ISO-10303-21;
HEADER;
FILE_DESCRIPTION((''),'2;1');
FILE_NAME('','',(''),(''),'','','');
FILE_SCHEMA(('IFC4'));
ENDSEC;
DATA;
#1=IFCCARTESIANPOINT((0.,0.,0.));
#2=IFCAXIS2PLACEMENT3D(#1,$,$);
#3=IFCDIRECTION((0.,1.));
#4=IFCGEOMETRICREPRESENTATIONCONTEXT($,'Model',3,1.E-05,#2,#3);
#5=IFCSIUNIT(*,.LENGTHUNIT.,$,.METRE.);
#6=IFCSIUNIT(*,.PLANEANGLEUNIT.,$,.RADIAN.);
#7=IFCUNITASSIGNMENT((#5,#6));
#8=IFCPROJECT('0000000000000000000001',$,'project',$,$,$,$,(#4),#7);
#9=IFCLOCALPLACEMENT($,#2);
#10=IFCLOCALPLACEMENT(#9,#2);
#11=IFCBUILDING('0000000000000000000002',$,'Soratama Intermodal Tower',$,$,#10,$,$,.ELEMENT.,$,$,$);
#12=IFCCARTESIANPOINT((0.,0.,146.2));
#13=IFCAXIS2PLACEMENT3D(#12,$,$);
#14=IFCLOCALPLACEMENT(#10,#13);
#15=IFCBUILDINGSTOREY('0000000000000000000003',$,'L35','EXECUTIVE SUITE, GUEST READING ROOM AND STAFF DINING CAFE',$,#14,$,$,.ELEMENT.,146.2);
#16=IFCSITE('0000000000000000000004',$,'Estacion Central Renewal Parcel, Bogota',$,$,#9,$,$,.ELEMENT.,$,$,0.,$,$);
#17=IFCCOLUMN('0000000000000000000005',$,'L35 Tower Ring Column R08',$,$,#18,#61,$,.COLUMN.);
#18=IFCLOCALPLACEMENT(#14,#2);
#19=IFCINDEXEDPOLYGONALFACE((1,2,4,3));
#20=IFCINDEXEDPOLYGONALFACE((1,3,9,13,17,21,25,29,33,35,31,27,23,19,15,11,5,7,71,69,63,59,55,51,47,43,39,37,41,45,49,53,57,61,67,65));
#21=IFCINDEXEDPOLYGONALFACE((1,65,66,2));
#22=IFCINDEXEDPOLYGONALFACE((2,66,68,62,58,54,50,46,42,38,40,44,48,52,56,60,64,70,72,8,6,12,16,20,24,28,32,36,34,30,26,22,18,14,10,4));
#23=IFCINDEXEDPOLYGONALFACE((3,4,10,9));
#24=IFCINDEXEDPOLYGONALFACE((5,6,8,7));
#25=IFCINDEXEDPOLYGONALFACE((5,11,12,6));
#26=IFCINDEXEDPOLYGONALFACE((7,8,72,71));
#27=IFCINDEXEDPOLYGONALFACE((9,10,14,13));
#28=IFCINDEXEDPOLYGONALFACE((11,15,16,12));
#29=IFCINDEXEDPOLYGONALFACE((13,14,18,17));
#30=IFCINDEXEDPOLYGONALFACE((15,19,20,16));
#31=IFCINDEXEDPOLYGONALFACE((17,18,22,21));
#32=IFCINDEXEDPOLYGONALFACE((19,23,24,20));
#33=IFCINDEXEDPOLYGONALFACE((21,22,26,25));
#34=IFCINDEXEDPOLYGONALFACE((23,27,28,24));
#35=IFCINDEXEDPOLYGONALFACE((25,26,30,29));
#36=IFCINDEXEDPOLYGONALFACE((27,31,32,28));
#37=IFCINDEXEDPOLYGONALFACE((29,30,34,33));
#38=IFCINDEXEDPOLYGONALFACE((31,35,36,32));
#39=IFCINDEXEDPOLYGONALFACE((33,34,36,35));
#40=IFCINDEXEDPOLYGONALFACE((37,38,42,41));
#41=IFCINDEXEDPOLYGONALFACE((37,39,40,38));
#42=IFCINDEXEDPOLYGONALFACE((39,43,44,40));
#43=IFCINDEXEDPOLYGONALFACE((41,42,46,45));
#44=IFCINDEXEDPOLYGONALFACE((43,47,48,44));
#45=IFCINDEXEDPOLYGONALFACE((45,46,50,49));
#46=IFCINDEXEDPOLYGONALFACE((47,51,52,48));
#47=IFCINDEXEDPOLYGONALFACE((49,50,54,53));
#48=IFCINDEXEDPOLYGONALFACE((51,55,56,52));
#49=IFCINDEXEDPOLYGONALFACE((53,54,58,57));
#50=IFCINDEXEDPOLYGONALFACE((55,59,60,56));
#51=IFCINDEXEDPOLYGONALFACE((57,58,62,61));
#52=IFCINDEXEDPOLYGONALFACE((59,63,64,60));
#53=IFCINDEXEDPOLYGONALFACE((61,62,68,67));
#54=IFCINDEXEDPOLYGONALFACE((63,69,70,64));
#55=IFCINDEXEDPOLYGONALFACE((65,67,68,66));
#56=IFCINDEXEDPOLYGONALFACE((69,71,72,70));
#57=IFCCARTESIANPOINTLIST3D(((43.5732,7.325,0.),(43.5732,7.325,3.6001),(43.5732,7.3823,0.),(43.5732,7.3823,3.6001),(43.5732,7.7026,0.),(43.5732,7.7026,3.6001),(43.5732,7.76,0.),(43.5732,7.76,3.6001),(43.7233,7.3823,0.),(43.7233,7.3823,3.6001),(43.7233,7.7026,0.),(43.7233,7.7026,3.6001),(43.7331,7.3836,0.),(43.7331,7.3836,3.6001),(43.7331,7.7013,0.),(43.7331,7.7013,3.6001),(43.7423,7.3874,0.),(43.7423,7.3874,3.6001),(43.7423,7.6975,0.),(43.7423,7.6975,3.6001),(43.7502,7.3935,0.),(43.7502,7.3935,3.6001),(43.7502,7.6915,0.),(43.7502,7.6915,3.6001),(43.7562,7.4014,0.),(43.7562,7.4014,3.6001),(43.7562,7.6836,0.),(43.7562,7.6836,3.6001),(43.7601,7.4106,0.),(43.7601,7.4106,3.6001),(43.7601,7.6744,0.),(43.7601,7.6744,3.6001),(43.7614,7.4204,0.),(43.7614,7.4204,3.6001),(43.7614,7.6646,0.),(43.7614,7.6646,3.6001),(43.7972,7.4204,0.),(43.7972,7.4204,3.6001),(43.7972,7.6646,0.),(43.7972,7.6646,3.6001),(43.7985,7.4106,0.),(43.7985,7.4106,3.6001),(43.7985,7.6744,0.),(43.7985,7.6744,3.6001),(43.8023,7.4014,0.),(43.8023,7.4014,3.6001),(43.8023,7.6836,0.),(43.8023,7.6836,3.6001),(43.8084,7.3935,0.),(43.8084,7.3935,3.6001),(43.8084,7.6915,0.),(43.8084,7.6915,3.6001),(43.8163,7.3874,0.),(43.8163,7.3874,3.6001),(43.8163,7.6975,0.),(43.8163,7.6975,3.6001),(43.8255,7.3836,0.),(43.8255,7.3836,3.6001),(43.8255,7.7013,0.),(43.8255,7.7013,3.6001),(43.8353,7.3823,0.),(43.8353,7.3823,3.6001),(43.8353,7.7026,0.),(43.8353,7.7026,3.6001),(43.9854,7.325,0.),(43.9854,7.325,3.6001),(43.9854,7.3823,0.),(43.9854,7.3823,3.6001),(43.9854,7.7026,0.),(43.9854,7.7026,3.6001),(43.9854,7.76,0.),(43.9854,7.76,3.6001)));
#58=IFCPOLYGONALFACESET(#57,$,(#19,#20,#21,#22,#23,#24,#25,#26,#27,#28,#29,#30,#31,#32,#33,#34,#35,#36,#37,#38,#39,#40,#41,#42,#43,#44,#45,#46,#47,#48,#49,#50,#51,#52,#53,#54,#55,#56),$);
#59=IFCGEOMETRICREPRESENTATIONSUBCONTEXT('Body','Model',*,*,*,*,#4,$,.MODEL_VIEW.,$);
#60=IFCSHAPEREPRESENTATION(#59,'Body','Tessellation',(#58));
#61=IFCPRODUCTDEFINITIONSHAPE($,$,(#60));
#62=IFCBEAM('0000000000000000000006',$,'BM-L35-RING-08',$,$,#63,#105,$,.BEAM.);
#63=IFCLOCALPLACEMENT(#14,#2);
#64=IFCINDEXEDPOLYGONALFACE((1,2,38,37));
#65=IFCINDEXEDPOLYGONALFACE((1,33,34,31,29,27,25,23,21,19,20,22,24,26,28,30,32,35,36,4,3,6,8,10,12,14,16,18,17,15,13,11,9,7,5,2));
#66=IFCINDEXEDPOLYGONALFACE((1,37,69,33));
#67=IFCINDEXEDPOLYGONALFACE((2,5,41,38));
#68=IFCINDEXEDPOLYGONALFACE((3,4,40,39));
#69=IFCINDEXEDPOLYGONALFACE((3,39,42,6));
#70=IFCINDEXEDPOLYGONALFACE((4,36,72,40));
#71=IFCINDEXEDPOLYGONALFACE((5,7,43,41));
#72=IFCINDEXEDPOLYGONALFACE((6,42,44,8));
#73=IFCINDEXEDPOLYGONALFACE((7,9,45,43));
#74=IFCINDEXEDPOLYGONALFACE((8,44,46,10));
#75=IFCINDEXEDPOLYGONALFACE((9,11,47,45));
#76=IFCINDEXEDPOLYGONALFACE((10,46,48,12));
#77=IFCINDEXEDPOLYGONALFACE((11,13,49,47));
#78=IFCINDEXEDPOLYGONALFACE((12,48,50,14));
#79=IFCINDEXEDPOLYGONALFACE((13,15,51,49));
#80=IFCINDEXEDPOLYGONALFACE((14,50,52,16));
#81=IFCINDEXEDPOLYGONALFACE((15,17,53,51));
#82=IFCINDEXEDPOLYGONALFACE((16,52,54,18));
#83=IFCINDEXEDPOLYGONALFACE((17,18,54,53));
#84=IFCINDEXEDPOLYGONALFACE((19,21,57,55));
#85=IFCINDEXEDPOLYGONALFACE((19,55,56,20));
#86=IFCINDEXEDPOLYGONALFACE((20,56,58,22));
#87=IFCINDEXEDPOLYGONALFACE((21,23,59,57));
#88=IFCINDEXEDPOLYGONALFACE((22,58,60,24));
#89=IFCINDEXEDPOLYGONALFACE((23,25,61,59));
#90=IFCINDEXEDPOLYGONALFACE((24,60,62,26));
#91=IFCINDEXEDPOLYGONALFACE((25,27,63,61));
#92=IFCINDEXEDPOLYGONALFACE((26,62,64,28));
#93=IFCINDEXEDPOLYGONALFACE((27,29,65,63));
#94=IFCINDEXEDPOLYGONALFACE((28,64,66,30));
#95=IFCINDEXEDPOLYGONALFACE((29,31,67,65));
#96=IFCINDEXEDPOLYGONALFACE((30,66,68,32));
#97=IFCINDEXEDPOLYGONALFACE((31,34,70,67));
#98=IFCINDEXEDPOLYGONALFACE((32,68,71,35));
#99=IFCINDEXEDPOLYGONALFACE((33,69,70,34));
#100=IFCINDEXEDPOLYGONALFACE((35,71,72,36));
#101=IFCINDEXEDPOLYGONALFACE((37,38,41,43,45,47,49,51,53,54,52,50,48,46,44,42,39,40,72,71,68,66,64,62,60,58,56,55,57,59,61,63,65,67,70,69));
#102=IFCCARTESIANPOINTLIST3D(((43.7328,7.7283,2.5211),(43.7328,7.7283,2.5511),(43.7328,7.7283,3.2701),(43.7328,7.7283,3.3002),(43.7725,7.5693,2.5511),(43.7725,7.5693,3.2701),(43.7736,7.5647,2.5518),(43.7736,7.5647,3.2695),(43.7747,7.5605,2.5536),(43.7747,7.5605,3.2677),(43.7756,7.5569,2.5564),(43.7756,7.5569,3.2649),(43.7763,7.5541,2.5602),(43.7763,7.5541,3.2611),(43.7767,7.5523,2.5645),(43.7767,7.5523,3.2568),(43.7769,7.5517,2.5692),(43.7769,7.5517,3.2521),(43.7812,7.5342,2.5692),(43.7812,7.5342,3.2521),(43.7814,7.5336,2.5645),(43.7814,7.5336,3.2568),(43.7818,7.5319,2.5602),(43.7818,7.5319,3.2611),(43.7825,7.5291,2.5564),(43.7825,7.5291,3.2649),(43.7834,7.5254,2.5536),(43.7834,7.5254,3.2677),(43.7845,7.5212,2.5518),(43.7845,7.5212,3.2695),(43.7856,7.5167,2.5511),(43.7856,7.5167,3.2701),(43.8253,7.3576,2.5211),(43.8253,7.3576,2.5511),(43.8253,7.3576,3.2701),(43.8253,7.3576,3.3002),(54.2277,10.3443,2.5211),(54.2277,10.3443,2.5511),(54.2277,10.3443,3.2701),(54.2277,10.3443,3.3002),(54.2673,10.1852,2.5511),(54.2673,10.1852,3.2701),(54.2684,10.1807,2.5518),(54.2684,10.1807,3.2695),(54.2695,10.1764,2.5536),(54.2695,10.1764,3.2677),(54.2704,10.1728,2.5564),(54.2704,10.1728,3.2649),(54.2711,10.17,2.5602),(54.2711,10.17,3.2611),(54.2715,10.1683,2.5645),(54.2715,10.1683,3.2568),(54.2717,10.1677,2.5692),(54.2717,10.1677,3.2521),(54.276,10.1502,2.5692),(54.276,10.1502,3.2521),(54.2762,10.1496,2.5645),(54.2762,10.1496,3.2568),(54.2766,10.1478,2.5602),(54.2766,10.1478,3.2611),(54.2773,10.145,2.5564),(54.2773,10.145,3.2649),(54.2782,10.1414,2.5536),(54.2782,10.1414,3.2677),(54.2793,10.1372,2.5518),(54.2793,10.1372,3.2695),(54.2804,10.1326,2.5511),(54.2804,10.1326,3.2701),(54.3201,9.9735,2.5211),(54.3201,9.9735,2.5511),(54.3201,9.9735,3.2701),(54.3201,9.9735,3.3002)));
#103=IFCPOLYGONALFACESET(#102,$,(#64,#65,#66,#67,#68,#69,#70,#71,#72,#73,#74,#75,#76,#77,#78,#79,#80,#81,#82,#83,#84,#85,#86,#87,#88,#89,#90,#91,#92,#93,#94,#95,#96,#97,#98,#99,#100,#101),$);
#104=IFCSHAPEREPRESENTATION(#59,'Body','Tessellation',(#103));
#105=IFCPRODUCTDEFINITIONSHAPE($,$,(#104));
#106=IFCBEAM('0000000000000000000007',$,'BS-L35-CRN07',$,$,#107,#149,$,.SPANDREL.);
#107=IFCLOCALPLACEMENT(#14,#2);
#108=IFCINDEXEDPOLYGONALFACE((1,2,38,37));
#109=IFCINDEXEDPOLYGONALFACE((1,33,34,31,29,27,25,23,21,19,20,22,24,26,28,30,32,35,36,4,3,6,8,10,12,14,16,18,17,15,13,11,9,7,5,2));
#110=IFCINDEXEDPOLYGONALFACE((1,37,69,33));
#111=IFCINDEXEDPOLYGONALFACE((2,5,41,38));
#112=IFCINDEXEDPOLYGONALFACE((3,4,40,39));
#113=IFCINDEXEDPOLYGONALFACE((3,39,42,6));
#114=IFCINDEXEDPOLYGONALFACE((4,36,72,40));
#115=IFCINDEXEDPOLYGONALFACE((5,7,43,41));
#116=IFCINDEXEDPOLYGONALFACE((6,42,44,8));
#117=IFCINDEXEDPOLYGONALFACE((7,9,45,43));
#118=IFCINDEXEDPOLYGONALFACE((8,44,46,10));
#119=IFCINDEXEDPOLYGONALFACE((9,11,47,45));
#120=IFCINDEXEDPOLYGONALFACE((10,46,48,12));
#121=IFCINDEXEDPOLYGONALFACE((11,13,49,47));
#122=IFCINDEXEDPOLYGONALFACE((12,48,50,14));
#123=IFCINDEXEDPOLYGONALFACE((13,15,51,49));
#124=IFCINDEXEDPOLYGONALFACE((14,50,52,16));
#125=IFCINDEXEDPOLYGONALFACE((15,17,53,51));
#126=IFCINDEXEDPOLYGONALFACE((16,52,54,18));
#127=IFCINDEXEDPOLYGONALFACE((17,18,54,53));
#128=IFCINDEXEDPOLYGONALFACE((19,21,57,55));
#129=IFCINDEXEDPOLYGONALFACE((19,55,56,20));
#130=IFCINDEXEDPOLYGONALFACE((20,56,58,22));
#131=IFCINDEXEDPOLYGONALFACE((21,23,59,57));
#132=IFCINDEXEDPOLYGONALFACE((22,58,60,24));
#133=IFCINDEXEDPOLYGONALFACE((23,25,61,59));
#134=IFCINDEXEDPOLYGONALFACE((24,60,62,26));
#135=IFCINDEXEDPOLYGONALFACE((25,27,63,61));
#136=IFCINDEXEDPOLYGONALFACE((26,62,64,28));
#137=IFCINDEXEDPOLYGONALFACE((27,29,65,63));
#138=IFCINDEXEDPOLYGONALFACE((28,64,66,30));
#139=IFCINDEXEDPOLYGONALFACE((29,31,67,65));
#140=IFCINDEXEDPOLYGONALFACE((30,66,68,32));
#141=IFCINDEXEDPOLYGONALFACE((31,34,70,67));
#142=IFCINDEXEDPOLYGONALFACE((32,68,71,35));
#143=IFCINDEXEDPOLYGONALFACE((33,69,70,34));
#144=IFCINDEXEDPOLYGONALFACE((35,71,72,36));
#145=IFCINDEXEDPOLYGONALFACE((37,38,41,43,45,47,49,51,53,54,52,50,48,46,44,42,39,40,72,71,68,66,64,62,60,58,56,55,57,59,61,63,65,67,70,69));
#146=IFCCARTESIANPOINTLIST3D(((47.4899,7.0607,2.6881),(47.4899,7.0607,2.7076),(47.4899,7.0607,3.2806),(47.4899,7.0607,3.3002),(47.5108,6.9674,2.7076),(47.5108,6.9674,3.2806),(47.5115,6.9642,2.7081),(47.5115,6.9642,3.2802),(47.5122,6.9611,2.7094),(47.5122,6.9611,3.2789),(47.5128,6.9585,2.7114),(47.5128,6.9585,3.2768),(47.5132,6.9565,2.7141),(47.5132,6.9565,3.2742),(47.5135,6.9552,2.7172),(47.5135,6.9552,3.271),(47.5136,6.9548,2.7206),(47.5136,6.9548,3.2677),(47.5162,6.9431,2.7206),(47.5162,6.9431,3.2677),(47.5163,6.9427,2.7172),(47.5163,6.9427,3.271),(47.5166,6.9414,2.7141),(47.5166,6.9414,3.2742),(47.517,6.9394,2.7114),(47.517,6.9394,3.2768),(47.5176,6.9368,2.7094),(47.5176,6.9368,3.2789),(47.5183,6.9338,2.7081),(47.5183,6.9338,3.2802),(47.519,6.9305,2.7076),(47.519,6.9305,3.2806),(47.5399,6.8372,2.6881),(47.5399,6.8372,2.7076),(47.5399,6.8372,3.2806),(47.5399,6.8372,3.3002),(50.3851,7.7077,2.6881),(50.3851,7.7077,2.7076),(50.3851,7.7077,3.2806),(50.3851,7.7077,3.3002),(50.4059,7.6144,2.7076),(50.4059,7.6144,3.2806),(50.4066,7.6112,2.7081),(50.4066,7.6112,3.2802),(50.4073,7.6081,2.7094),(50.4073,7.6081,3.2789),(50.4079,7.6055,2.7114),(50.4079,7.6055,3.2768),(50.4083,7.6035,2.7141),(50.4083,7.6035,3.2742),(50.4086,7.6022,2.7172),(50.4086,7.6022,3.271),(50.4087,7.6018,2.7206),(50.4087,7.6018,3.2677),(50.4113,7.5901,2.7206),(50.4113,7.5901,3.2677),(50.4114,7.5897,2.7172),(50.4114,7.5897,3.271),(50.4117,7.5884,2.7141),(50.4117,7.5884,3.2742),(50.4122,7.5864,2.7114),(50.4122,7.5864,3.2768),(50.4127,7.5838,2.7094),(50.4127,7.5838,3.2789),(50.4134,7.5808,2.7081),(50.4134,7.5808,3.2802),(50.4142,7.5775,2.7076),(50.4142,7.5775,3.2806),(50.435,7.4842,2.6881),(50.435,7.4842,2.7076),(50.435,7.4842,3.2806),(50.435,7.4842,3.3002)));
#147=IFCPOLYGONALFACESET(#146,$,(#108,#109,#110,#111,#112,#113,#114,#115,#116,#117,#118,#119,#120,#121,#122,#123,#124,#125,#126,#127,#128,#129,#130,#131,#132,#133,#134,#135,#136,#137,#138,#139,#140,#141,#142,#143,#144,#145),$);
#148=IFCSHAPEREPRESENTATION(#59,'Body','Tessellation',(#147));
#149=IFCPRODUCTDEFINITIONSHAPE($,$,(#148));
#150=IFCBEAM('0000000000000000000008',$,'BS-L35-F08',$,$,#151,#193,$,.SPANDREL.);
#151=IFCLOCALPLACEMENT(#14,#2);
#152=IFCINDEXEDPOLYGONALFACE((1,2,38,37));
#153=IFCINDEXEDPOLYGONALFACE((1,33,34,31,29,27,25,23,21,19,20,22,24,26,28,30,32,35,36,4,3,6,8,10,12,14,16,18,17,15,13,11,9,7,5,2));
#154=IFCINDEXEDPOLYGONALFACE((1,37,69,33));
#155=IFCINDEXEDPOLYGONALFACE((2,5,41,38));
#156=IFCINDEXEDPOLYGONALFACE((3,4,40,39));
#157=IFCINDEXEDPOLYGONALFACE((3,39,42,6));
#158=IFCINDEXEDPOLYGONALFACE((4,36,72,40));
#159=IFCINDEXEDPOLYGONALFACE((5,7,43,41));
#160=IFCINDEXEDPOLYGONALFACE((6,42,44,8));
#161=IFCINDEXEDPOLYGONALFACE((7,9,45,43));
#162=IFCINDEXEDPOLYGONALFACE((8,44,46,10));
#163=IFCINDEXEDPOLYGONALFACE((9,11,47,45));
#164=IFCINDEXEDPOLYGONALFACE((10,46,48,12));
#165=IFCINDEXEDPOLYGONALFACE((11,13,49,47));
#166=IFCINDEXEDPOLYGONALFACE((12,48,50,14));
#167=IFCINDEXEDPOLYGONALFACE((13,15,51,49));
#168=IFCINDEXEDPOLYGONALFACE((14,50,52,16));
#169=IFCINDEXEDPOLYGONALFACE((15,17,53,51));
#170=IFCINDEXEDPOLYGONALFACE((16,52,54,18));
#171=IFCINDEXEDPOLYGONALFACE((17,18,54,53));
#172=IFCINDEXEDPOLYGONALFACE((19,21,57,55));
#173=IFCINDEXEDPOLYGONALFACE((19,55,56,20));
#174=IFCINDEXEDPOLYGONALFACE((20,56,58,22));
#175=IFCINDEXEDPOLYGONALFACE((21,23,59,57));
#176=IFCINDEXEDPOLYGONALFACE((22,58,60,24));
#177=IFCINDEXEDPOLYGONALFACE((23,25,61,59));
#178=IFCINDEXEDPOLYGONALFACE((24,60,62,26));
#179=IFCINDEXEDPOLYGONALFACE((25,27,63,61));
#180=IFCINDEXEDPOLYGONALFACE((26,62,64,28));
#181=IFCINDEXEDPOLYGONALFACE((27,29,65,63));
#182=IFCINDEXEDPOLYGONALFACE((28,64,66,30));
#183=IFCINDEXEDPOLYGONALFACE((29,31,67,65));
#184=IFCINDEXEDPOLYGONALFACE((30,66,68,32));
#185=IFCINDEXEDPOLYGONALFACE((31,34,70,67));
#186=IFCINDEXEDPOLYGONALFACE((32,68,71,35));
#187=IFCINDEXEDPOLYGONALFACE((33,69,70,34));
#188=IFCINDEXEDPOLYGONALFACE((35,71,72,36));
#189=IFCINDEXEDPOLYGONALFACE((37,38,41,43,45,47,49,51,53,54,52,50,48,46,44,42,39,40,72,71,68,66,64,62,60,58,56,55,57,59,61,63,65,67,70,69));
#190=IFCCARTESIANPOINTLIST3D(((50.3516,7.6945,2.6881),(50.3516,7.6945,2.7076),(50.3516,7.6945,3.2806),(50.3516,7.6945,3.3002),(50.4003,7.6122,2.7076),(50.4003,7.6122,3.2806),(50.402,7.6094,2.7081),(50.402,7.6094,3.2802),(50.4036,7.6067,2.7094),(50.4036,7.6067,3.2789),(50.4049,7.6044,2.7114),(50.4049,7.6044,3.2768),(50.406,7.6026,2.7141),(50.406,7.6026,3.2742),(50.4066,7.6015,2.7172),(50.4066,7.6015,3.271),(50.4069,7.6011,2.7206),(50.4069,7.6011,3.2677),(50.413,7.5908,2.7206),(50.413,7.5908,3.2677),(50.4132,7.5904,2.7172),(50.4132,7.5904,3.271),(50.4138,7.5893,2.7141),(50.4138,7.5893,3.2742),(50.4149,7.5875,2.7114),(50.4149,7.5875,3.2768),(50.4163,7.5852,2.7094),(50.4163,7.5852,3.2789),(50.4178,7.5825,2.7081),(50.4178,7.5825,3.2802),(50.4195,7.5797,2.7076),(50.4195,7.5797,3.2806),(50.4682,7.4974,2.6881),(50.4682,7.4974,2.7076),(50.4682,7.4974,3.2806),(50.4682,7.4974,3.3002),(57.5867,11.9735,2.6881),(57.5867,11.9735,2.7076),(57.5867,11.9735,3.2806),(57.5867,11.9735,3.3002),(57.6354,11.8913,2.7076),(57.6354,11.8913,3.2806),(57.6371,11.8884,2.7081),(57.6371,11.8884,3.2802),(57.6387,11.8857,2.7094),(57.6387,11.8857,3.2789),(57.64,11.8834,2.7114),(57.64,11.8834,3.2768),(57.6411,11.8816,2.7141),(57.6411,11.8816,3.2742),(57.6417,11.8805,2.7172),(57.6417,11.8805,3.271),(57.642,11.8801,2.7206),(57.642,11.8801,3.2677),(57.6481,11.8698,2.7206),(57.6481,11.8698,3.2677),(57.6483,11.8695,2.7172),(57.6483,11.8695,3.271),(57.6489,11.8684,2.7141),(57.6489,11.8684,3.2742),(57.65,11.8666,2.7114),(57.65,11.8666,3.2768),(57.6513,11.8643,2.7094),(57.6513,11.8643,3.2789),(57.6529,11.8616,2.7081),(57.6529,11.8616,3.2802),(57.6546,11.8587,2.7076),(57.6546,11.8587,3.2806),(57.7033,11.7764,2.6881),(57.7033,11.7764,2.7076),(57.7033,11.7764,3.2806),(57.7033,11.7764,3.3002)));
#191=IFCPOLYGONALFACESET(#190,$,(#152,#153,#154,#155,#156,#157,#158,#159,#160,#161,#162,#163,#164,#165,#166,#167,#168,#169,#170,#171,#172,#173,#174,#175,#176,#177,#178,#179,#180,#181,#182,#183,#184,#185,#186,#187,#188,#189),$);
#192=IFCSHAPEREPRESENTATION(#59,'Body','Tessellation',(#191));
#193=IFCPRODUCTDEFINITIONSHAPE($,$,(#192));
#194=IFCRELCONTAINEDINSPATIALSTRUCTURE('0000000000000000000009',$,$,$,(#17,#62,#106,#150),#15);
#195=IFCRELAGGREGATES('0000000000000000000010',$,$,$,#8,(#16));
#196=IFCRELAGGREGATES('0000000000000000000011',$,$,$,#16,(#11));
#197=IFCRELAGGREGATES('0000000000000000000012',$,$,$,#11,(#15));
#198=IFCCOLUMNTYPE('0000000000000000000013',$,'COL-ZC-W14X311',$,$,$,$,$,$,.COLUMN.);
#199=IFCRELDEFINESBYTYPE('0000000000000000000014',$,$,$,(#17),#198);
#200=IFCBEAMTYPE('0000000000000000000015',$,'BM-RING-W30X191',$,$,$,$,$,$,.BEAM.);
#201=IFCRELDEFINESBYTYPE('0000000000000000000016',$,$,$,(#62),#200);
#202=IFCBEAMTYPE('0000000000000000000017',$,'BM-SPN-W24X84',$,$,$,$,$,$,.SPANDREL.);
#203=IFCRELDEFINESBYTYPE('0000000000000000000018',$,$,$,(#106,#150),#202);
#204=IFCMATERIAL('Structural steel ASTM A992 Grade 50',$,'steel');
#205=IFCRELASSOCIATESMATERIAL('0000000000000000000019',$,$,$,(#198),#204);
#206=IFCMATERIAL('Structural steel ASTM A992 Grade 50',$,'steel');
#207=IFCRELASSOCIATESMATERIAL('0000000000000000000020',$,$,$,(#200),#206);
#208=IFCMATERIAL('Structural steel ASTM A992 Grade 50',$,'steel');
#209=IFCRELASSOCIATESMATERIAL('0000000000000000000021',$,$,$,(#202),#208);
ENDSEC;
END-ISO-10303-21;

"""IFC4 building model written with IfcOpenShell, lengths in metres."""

from ifc_helpers import new_model, si_unit, direction, frame, origin, origin_2d, place, context, subcontext, project, spatial, i_section, extrude, material, material_profile, profile_set, type_object, element, save


model = new_model("IFC4")

# Units and contexts
model_context = context("Model", 3, precision=1e-05, world=origin(), true_north=direction((0.0, 1.0)))
body_context = subcontext(model_context, "Body", "Model", "MODEL_VIEW")
ifc_project = project(units=[si_unit("LENGTHUNIT", "METRE"), si_unit("PLANEANGLEUNIT", "RADIAN")], contexts=[model_context])

# Site, building, storey
site_placement = place(None, origin())
site = spatial("IfcSite", under=ifc_project, at=site_placement, Name="Estacion Central Renewal Parcel, Bogota", CompositionType="ELEMENT", RefElevation=0.0)
building_placement = place(site_placement, origin())
building = spatial("IfcBuilding", under=site, at=building_placement, Name="Soratama Intermodal Tower", CompositionType="ELEMENT")
storey_placement = place(building_placement, frame((0.0, 0.0, 146.2)))
storey = spatial("IfcBuildingStorey", under=building, at=storey_placement, Name="L35", Description="EXECUTIVE SUITE, GUEST READING ROOM AND STAFF DINING CAFE", CompositionType="ELEMENT", Elevation=146.2)

# Column
ifc_material_1 = material(Name="Structural steel ASTM A992 Grade 50", Category="steel")
ifc_material_profile_1 = material_profile(ifc_material_1, i_section(OverallWidth=0.4121, OverallDepth=0.4351, WebThickness=0.0359, FlangeThickness=0.0574, FilletRadius=0.0381, at=origin_2d()), Name="W14X311")
ifc_profile_set_1 = profile_set([ifc_material_profile_1], Name="Structural steel ASTM A992 Grade 50")
column_type = type_object("IfcColumnType", Name="COL-ZC-W14X311", PredefinedType="COLUMN", material=ifc_profile_set_1)
column_placement = place(storey_placement, frame((43.7793, 7.5425, 0.0), z_axis=(0.0, 0.0, 1.0), x_axis=(1.0, 0.0, 0.0)))
element("IfcColumn", 1, at=column_placement, inside=storey, type_object=column_type, Name="L35 Tower Ring Column R08", PredefinedType="COLUMN", context=body_context, shape_type="SweptSolid", body=[
    extrude(i_section(OverallWidth=0.4121, OverallDepth=0.4351, WebThickness=0.0359, FlangeThickness=0.0574, FilletRadius=0.0381, at=origin_2d()), origin(), (0.0, 0.0, 1.0), 3.6001),
])

# Beams
ifc_material_2 = material(Name="Structural steel ASTM A992 Grade 50", Category="steel")
ifc_material_profile_2 = material_profile(ifc_material_2, i_section(OverallWidth=0.3821, OverallDepth=0.7791, WebThickness=0.0181, FlangeThickness=0.03, FilletRadius=0.0181, at=origin_2d()), Name="W30X191")
ifc_profile_set_2 = profile_set([ifc_material_profile_2], Name="Structural steel ASTM A992 Grade 50")
beam_type_1 = type_object("IfcBeamType", Name="BM-RING-W30X191", PredefinedType="BEAM", material=ifc_profile_set_2)
beam_1_placement = place(storey_placement, frame((43.7791, 7.543, 2.9106), z_axis=(0.970311, 0.241861, 0.0), x_axis=(-0.241861, 0.970311, 0.0)))
element("IfcBeam", 2, at=beam_1_placement, inside=storey, type_object=beam_type_1, Name="BM-L35-RING-08", PredefinedType="BEAM", context=body_context, shape_type="SweptSolid", body=[
    extrude(i_section(OverallWidth=0.3821, OverallDepth=0.7791, WebThickness=0.0181, FlangeThickness=0.03, FilletRadius=0.0181, at=origin_2d()), origin(), (0.0, 0.0, 1.0), 10.8159),
])
ifc_material_3 = material(Name="Structural steel ASTM A992 Grade 50", Category="steel")
ifc_material_profile_3 = material_profile(ifc_material_3, i_section(OverallWidth=0.229, OverallDepth=0.6121, WebThickness=0.012, FlangeThickness=0.0195, FilletRadius=0.0129, at=origin_2d()), Name="W24X84")
ifc_profile_set_3 = profile_set([ifc_material_profile_3], Name="Structural steel ASTM A992 Grade 50")
beam_type_2 = type_object("IfcBeamType", Name="BM-SPN-W24X84", PredefinedType="SPANDREL", material=ifc_profile_set_3)
beam_2_placement = place(storey_placement, frame((47.5149, 6.949, 2.9941), z_axis=(0.975927, 0.218098, 0.0), x_axis=(-0.218098, 0.975927, 0.0)))
element("IfcBeam", 3, at=beam_2_placement, inside=storey, type_object=beam_type_2, Name="BS-L35-CRN07", PredefinedType="SPANDREL", context=body_context, shape_type="SweptSolid", body=[
    extrude(i_section(OverallWidth=0.229, OverallDepth=0.6121, WebThickness=0.012, FlangeThickness=0.0195, FilletRadius=0.0129, at=origin_2d()), origin(), (0.0, 0.0, 1.0), 2.9666),
])
beam_3_placement = place(storey_placement, frame((50.4099, 7.5959, 2.9941), z_axis=(0.86073, 0.509061, 0.0), x_axis=(-0.509061, 0.86073, 0.0)))
element("IfcBeam", 4, at=beam_3_placement, inside=storey, type_object=beam_type_2, Name="BS-L35-F08", PredefinedType="SPANDREL", context=body_context, shape_type="SweptSolid", body=[
    extrude(i_section(OverallWidth=0.229, OverallDepth=0.6121, WebThickness=0.012, FlangeThickness=0.0195, FilletRadius=0.0129, at=origin_2d()), origin(), (0.0, 0.0, 1.0), 8.4058),
])

save(model, "model.ifc")
